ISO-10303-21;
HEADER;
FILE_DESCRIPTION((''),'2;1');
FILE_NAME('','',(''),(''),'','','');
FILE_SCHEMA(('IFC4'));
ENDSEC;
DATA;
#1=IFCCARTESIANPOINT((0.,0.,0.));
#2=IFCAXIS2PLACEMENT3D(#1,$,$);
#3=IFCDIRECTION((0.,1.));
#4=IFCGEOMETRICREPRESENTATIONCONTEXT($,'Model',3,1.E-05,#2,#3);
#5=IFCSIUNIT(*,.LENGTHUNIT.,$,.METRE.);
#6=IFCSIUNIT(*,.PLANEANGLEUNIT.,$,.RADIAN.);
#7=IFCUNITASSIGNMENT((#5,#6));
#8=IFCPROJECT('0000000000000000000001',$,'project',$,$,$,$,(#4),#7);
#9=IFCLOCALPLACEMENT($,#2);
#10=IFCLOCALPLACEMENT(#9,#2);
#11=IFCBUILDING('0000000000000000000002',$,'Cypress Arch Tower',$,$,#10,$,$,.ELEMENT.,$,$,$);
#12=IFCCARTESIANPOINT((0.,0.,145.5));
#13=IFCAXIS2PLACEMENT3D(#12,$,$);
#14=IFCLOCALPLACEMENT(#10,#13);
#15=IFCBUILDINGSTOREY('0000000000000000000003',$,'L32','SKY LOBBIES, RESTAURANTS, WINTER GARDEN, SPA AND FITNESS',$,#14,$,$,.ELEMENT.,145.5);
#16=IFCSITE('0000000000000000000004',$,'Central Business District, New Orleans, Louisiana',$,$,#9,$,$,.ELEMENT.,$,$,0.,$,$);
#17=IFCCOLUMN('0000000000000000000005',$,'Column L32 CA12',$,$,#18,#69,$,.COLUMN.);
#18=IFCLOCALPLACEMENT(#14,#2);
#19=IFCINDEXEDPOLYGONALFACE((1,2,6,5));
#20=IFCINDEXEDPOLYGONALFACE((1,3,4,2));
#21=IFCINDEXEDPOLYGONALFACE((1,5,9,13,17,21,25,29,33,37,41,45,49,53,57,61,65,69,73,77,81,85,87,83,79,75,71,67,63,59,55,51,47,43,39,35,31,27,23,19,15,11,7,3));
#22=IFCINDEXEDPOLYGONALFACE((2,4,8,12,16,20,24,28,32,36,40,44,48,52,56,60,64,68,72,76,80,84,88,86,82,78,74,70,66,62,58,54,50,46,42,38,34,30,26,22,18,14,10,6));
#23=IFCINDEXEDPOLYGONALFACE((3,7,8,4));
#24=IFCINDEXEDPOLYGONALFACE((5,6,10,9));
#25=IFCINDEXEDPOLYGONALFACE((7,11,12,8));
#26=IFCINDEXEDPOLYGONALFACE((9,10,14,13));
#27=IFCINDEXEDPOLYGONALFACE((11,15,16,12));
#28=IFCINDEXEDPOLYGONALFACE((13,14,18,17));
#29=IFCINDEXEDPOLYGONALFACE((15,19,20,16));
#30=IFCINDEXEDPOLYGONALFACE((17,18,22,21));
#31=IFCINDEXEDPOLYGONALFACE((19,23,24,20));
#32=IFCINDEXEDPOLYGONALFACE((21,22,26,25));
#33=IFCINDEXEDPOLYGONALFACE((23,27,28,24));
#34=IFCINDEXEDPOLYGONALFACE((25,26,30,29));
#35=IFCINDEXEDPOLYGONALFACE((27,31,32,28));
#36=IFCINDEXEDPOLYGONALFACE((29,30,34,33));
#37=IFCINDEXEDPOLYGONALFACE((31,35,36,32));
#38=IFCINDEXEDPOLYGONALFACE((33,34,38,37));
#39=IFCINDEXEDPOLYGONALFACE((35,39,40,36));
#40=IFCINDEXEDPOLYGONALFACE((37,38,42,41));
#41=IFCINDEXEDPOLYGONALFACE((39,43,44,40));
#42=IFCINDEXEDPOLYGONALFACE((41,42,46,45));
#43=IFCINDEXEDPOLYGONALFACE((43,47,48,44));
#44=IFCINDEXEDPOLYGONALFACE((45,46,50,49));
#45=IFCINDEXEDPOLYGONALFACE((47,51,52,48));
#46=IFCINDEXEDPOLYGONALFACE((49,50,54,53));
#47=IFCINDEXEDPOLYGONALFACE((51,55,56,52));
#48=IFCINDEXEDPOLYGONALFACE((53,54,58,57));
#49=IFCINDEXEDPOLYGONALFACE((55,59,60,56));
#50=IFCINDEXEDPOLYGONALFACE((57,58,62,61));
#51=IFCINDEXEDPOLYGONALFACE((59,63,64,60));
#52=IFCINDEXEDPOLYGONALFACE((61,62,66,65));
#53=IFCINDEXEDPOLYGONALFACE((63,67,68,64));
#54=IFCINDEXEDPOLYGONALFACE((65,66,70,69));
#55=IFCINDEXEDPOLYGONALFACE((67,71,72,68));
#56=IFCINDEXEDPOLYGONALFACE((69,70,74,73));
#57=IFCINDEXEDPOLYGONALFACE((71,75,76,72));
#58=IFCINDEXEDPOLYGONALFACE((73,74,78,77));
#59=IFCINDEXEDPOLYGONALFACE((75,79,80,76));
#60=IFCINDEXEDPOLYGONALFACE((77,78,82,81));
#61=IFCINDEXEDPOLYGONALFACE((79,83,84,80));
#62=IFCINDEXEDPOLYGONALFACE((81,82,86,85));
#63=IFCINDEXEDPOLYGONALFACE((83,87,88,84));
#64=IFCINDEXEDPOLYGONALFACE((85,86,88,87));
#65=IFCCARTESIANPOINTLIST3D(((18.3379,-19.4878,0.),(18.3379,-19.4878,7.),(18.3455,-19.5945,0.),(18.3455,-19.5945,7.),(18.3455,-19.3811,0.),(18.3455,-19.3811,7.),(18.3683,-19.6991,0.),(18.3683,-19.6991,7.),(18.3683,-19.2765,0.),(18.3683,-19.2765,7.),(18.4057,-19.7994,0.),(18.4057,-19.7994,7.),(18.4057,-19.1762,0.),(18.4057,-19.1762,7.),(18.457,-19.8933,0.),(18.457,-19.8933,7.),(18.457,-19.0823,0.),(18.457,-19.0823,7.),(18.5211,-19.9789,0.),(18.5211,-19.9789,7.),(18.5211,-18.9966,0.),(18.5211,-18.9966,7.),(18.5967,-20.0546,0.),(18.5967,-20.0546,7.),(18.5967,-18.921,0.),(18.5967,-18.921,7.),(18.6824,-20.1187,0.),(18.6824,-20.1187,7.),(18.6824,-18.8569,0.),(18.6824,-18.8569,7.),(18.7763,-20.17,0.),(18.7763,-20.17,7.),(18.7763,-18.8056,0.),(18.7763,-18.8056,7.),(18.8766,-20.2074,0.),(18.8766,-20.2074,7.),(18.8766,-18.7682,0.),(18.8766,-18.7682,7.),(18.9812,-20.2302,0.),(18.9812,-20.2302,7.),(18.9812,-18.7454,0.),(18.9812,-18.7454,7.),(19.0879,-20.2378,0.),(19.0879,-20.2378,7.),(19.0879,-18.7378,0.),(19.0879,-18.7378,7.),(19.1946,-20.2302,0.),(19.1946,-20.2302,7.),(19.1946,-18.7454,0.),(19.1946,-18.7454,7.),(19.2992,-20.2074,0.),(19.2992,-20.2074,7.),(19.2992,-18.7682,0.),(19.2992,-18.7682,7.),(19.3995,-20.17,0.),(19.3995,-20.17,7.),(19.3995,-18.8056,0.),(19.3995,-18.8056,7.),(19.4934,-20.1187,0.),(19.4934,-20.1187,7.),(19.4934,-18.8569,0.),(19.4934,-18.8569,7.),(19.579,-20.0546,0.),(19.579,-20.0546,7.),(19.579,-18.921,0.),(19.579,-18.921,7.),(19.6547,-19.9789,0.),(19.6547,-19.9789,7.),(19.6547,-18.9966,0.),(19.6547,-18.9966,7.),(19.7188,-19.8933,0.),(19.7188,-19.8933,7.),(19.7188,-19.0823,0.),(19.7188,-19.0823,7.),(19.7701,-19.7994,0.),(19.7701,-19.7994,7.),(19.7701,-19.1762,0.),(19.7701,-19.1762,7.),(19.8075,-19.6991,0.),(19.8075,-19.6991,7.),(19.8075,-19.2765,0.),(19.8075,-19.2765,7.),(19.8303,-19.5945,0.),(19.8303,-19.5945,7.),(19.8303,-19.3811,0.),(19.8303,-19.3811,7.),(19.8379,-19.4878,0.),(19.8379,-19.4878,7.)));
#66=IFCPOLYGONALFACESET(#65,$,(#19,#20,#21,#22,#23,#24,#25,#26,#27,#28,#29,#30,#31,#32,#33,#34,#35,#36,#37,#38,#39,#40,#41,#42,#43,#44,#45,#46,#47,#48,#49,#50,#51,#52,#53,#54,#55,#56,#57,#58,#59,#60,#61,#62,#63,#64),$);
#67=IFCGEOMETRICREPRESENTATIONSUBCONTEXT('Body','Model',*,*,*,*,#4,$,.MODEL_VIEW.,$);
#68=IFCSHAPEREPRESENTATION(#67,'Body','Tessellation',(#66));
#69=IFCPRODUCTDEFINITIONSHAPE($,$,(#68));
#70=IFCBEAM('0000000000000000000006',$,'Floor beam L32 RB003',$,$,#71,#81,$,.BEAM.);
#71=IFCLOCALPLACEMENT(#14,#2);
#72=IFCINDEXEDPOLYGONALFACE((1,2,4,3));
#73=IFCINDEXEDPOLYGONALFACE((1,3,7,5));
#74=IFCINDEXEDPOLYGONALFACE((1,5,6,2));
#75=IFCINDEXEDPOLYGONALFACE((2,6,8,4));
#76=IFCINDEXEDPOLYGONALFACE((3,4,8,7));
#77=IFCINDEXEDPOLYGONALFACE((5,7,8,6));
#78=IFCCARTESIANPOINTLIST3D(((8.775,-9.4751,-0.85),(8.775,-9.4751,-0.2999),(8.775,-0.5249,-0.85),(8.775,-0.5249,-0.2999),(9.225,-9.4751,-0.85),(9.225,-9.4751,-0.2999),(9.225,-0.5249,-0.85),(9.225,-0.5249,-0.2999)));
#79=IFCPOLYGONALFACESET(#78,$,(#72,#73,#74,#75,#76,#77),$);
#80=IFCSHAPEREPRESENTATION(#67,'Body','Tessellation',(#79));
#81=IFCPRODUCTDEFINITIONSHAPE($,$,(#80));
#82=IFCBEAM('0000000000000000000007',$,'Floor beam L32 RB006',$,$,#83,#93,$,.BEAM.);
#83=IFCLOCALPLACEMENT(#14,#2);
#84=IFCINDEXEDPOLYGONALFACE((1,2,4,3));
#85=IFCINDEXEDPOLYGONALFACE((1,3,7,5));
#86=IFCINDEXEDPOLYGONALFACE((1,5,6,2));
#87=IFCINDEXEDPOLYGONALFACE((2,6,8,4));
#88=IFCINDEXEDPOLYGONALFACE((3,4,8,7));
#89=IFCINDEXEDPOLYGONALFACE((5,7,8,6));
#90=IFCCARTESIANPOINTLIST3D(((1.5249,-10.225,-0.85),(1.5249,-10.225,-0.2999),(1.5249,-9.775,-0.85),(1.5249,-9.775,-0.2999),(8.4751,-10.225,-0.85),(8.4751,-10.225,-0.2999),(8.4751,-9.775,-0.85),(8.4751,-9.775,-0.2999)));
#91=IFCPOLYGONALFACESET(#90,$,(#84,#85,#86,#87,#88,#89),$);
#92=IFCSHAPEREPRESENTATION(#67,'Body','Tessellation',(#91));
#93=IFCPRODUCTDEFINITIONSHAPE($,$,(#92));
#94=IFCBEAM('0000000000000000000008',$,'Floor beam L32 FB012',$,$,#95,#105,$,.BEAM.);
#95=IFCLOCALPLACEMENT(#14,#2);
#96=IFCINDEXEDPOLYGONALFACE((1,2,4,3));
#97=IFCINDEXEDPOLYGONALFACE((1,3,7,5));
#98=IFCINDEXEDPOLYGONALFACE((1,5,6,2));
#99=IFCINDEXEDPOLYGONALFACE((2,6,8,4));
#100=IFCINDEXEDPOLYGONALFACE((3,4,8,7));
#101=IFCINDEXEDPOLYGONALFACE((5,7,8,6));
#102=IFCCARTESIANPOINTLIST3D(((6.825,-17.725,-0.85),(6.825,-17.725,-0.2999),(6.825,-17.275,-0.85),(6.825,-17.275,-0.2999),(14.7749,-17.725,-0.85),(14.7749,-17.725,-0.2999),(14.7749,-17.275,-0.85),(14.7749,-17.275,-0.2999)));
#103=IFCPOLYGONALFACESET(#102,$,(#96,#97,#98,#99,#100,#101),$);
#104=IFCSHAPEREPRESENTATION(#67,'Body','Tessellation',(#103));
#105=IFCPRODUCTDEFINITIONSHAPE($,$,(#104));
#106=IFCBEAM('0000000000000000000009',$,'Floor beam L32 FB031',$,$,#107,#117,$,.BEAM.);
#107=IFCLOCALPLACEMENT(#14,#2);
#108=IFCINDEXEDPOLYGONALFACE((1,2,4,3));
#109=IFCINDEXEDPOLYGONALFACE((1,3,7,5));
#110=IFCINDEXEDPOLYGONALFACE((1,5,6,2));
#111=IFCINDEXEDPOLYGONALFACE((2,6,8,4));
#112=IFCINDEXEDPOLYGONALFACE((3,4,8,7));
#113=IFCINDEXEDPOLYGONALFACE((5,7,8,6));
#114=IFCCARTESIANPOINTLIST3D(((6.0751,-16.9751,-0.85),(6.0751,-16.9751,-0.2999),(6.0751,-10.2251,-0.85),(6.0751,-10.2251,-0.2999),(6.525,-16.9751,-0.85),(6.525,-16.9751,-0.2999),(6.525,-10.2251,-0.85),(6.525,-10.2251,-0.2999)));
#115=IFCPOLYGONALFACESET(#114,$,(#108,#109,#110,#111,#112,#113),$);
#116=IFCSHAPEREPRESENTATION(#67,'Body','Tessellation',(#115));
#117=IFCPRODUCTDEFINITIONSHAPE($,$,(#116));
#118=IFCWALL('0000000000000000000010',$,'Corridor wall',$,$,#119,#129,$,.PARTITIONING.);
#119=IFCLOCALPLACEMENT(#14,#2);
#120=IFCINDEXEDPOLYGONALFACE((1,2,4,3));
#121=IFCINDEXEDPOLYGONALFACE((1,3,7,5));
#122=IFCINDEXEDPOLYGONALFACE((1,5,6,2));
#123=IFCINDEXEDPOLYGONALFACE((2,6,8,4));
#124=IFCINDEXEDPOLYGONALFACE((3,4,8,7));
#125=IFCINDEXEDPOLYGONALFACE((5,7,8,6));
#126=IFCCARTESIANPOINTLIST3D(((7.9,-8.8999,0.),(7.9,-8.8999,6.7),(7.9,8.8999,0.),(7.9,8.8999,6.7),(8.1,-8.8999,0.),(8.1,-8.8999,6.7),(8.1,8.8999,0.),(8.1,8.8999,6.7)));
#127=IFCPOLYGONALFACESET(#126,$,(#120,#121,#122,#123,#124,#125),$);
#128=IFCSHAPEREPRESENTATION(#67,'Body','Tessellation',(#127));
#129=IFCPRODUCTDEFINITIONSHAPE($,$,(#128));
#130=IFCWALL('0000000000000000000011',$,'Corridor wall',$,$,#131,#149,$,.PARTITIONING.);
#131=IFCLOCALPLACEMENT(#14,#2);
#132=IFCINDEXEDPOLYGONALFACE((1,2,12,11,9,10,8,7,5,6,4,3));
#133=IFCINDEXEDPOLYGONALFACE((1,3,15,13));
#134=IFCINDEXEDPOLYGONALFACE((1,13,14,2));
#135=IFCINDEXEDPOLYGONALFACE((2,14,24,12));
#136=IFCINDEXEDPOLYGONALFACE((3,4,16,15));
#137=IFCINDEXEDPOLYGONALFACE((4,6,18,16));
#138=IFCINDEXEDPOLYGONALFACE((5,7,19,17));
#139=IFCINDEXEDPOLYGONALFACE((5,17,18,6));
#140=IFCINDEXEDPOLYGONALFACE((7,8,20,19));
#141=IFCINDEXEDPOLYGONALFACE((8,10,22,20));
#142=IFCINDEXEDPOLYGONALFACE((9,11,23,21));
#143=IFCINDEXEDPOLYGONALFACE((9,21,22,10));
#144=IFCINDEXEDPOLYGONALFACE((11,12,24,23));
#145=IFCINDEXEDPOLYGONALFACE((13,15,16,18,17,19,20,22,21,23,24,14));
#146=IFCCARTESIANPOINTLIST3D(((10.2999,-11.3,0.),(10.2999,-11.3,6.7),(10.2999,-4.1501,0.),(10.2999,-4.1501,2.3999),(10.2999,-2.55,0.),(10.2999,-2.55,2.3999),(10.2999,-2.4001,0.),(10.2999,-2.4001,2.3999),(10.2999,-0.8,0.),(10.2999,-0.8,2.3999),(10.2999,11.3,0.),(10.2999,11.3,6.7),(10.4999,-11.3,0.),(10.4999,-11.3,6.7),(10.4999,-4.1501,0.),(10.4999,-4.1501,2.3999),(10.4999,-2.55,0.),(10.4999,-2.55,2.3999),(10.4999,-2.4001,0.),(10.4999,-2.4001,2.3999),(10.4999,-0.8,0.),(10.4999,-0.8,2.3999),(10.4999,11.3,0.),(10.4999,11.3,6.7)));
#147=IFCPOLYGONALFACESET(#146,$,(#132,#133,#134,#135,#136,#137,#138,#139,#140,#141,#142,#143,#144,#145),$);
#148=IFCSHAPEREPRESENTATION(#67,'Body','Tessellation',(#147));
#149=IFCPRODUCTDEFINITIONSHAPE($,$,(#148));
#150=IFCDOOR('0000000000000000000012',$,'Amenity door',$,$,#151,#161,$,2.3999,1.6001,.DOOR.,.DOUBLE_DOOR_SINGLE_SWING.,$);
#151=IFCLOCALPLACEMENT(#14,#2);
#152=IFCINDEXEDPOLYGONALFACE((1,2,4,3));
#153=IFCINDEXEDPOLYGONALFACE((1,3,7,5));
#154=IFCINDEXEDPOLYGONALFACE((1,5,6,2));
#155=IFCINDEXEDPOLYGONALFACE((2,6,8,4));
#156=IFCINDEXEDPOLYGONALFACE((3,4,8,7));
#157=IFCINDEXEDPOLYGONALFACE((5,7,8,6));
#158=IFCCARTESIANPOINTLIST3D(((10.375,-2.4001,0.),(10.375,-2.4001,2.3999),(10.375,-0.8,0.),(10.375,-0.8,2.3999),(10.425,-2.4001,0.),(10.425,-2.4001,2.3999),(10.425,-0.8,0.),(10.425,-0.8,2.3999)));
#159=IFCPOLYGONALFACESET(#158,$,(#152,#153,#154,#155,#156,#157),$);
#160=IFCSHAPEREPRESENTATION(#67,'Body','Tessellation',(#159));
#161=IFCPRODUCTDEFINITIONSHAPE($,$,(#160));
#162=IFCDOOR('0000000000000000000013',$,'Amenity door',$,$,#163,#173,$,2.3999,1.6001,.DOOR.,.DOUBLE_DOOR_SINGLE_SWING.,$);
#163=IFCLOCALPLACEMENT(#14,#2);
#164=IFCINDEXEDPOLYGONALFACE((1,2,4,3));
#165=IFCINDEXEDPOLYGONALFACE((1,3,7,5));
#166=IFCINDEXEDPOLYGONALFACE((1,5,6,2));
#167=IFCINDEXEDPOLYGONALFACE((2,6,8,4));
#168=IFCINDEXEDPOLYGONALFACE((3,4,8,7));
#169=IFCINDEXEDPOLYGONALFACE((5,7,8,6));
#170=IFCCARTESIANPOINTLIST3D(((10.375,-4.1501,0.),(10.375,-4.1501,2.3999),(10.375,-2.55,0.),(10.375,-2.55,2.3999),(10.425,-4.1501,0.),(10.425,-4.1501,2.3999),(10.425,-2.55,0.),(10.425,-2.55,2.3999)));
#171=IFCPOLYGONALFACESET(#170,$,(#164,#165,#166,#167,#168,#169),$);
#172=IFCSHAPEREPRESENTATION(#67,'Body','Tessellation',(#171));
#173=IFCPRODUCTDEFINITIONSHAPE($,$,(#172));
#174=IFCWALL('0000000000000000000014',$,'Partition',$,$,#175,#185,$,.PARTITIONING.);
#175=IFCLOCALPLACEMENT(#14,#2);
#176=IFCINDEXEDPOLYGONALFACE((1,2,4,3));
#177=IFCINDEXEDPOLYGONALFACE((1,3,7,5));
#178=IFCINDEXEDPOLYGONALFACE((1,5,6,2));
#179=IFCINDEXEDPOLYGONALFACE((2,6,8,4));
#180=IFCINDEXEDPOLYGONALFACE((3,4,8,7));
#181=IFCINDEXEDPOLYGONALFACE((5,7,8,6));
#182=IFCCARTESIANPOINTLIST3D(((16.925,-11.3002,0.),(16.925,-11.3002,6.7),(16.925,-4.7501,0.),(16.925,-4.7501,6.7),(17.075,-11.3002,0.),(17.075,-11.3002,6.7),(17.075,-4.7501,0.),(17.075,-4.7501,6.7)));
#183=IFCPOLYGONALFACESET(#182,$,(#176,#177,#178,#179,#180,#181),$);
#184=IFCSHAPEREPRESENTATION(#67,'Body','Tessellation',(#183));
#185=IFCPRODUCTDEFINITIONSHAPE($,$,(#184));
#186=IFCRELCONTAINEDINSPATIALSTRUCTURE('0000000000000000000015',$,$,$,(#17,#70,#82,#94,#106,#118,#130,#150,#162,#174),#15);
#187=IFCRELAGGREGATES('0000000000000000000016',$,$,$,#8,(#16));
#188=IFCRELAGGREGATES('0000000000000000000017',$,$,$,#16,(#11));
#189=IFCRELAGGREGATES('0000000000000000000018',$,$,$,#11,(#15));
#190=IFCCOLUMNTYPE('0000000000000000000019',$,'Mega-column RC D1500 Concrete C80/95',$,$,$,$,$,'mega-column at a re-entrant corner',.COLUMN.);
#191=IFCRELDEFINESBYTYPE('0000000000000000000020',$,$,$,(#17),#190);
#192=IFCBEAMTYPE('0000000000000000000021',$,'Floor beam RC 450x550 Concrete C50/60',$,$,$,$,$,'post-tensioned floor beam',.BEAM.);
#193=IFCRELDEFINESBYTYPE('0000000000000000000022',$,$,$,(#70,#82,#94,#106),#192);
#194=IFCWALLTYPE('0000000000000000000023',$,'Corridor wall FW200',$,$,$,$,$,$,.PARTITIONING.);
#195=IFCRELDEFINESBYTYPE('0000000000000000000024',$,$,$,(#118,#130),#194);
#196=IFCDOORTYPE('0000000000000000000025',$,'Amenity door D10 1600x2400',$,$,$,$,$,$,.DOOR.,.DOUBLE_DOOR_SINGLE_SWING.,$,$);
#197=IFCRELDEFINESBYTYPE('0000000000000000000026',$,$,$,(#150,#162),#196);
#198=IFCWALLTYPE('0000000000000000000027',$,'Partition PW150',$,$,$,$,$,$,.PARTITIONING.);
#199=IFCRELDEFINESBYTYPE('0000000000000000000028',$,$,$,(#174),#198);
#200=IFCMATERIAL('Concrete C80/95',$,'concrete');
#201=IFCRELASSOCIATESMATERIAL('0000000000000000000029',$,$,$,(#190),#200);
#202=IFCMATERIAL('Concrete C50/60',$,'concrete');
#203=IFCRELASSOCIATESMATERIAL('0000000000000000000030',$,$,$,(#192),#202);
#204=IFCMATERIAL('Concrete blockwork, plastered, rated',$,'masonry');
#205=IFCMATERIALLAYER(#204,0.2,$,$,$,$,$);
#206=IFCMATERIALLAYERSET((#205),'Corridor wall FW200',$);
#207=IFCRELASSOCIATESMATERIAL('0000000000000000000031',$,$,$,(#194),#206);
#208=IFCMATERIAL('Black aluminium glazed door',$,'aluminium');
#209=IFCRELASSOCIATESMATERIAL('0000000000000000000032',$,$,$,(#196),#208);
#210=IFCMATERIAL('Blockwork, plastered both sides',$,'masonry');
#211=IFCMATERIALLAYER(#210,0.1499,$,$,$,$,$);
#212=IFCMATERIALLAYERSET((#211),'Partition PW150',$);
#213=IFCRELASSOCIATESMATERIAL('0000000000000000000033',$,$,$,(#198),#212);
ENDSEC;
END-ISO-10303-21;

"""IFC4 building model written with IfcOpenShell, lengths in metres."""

from ifc_helpers import new_model, si_unit, direction, frame, frame_2d, origin, origin_2d, place, context, subcontext, project, spatial, rectangle, circle, extrude, material, layer, layer_set, material_profile, profile_set, type_object, element, fill, save


model = new_model("IFC4")

# Units and contexts
model_context = context("Model", 3, precision=1e-05, world=origin(), true_north=direction((0.0, 1.0)))
body_context = subcontext(model_context, "Body", "Model", "MODEL_VIEW")
ifc_project = project(units=[si_unit("LENGTHUNIT", "METRE"), si_unit("PLANEANGLEUNIT", "RADIAN")], contexts=[model_context])

# Site, building, storey
site_placement = place(None, origin())
site = spatial("IfcSite", under=ifc_project, at=site_placement, Name="Central Business District, New Orleans, Louisiana", CompositionType="ELEMENT", RefElevation=0.0)
building_placement = place(site_placement, origin())
building = spatial("IfcBuilding", under=site, at=building_placement, Name="Cypress Arch Tower", CompositionType="ELEMENT")
storey_placement = place(building_placement, frame((0.0, 0.0, 145.5)))
storey = spatial("IfcBuildingStorey", under=building, at=storey_placement, Name="L32", Description="SKY LOBBIES, RESTAURANTS, WINTER GARDEN, SPA AND FITNESS", CompositionType="ELEMENT", Elevation=145.5)

# Column
ifc_material_1 = material(Name="Concrete C80/95", Category="concrete")
ifc_material_profile_1 = material_profile(ifc_material_1, circle(Radius=0.75, at=origin_2d()), Name="RC D1500")
ifc_profile_set_1 = profile_set([ifc_material_profile_1], Name="Concrete C80/95")
column_type_1 = type_object("IfcColumnType", Name="Mega-column RC D1500 Concrete C80/95", ElementType="mega-column at a re-entrant corner", PredefinedType="COLUMN", material=ifc_profile_set_1)
column_placement = place(storey_placement, frame((19.0879, -19.4878, 0.0), z_axis=(0.0, 0.0, 1.0), x_axis=(1.0, 0.0, 0.0)))
element("IfcColumn", 1, at=column_placement, inside=storey, type_object=column_type_1, Name="Column L32 CA12", PredefinedType="COLUMN", context=body_context, shape_type="SweptSolid", body=[
    extrude(circle(Radius=0.75, at=origin_2d()), origin(), (0.0, 0.0, 1.0), 7.0),
])

# Beams
ifc_material_2 = material(Name="Concrete C50/60", Category="concrete")
ifc_material_profile_2 = material_profile(ifc_material_2, rectangle(XDim=0.45, YDim=0.55, at=origin_2d()), Name="RC 450x550")
ifc_profile_set_2 = profile_set([ifc_material_profile_2], Name="Concrete C50/60")
beam_type = type_object("IfcBeamType", Name="Floor beam RC 450x550 Concrete C50/60", ElementType="post-tensioned floor beam", PredefinedType="BEAM", material=ifc_profile_set_2)
beam_1_placement = place(storey_placement, frame((9.0, -9.4751, -0.575), z_axis=(0.0, 1.0, 0.0), x_axis=(-1.0, 0.0, 0.0)))
element("IfcBeam", 2, at=beam_1_placement, inside=storey, type_object=beam_type, Name="Floor beam L32 RB003", PredefinedType="BEAM", context=body_context, shape_type="SweptSolid", body=[
    extrude(rectangle(XDim=0.45, YDim=0.55, at=origin_2d()), origin(), (0.0, 0.0, 1.0), 8.9502),
])
beam_2_placement = place(storey_placement, frame((1.5249, -10.0, -0.575), z_axis=(1.0, 0.0, 0.0), x_axis=(0.0, 1.0, 0.0)))
element("IfcBeam", 3, at=beam_2_placement, inside=storey, type_object=beam_type, Name="Floor beam L32 RB006", PredefinedType="BEAM", context=body_context, shape_type="SweptSolid", body=[
    extrude(rectangle(XDim=0.45, YDim=0.55, at=origin_2d()), origin(), (0.0, 0.0, 1.0), 6.9502),
])
beam_3_placement = place(storey_placement, frame((6.825, -17.5, -0.575), z_axis=(1.0, 0.0, 0.0), x_axis=(0.0, 1.0, 0.0)))
element("IfcBeam", 4, at=beam_3_placement, inside=storey, type_object=beam_type, Name="Floor beam L32 FB012", PredefinedType="BEAM", context=body_context, shape_type="SweptSolid", body=[
    extrude(rectangle(XDim=0.45, YDim=0.55, at=origin_2d()), origin(), (0.0, 0.0, 1.0), 7.95),
])
beam_4_placement = place(storey_placement, frame((6.3, -16.9751, -0.575), z_axis=(0.0, 1.0, 0.0), x_axis=(-1.0, 0.0, 0.0)))
element("IfcBeam", 5, at=beam_4_placement, inside=storey, type_object=beam_type, Name="Floor beam L32 FB031", PredefinedType="BEAM", context=body_context, shape_type="SweptSolid", body=[
    extrude(rectangle(XDim=0.45, YDim=0.55, at=origin_2d()), origin(), (0.0, 0.0, 1.0), 6.75),
])

# Wall
ifc_material_3 = material(Name="Concrete blockwork, plastered, rated", Category="masonry")
ifc_layer_1 = layer(ifc_material_3, 0.2)
ifc_layer_set_1 = layer_set([ifc_layer_1], Name="Corridor wall FW200")
wall_type_1 = type_object("IfcWallType", Name="Corridor wall FW200", PredefinedType="PARTITIONING", material=ifc_layer_set_1)
wall_1_placement = place(storey_placement, frame((8.0, -8.8999, 0.0), z_axis=(0.0, 0.0, 1.0), x_axis=(0.0, 1.0, 0.0)))
element("IfcWall", 6, at=wall_1_placement, inside=storey, type_object=wall_type_1, Name="Corridor wall", PredefinedType="PARTITIONING", context=body_context, shape_type="SweptSolid", body=[
    extrude(rectangle(XDim=17.7998, YDim=0.2, at=frame_2d((8.8999, 0.0))), origin(), (0.0, 0.0, 1.0), 6.7),
])

# Wall, openings, doors
wall_2_placement = place(storey_placement, frame((10.3999, -11.3, 0.0), z_axis=(0.0, 0.0, 1.0), x_axis=(0.0, 1.0, 0.0)))
wall_2 = element("IfcWall", 7, at=wall_2_placement, inside=storey, type_object=wall_type_1, Name="Corridor wall", PredefinedType="PARTITIONING", context=body_context, shape_type="SweptSolid", body=[
    extrude(rectangle(XDim=22.6001, YDim=0.2, at=frame_2d((11.3, 0.0))), origin(), (0.0, 0.0, 1.0), 6.7),
])
opening_1_placement = place(wall_2_placement, frame((8.8999, 0.0, 0.0)))
opening_1 = element("IfcOpeningElement", 8, at=opening_1_placement, cuts=wall_2, PredefinedType="OPENING", context=body_context, shape_type="SweptSolid", body=[
    extrude(rectangle(XDim=1.6001, YDim=2.3999, at=frame_2d((0.8, 1.2))), frame((0.0, 0.1099, 0.0), z_axis=(0.0, -1.0, 0.0), x_axis=(1.0, 0.0, 0.0)), (0.0, 0.0, 1.0), 0.22),
])
opening_2_placement = place(wall_2_placement, frame((7.1499, 0.0, 0.0)))
opening_2 = element("IfcOpeningElement", 9, at=opening_2_placement, cuts=wall_2, PredefinedType="OPENING", context=body_context, shape_type="SweptSolid", body=[
    extrude(rectangle(XDim=1.6001, YDim=2.3999, at=frame_2d((0.8, 1.2))), frame((0.0, 0.1099, 0.0), z_axis=(0.0, -1.0, 0.0), x_axis=(1.0, 0.0, 0.0)), (0.0, 0.0, 1.0), 0.22),
])
ifc_material_4 = material(Name="Black aluminium glazed door", Category="aluminium")
door_type_1 = type_object("IfcDoorType", Name="Amenity door D10 1600x2400", OperationType="DOUBLE_DOOR_SINGLE_SWING", PredefinedType="DOOR", material=ifc_material_4)
door_1_placement = place(opening_1_placement, origin())
door_1 = element("IfcDoor", 10, at=door_1_placement, inside=storey, type_object=door_type_1, Name="Amenity door", OperationType="DOUBLE_DOOR_SINGLE_SWING", OverallHeight=2.3999, OverallWidth=1.6001, PredefinedType="DOOR", context=body_context, shape_type="SweptSolid", body=[
    extrude(rectangle(XDim=1.6001, YDim=2.3999, at=frame_2d((0.8, 1.2))), frame((0.0, 0.0249, 0.0), z_axis=(0.0, -1.0, 0.0), x_axis=(1.0, 0.0, 0.0)), (0.0, 0.0, 1.0), 0.05),
])
fill(opening_1, door_1)
door_2_placement = place(opening_2_placement, origin())
door_2 = element("IfcDoor", 11, at=door_2_placement, inside=storey, type_object=door_type_1, Name="Amenity door", OperationType="DOUBLE_DOOR_SINGLE_SWING", OverallHeight=2.3999, OverallWidth=1.6001, PredefinedType="DOOR", context=body_context, shape_type="SweptSolid", body=[
    extrude(rectangle(XDim=1.6001, YDim=2.3999, at=frame_2d((0.8, 1.2))), frame((0.0, 0.0249, 0.0), z_axis=(0.0, -1.0, 0.0), x_axis=(1.0, 0.0, 0.0)), (0.0, 0.0, 1.0), 0.05),
])
fill(opening_2, door_2)

# Wall
ifc_material_5 = material(Name="Blockwork, plastered both sides", Category="masonry")
ifc_layer_2 = layer(ifc_material_5, 0.1499)
ifc_layer_set_2 = layer_set([ifc_layer_2], Name="Partition PW150")
wall_type_2 = type_object("IfcWallType", Name="Partition PW150", PredefinedType="PARTITIONING", material=ifc_layer_set_2)
wall_3_placement = place(storey_placement, frame((17.0, -11.3, 0.0), z_axis=(0.0, 0.0, 1.0), x_axis=(0.0, 1.0, 0.0)))
element("IfcWall", 12, at=wall_3_placement, inside=storey, type_object=wall_type_2, Name="Partition", PredefinedType="PARTITIONING", context=body_context, shape_type="SweptSolid", body=[
    extrude(rectangle(XDim=6.55, YDim=0.1499, at=frame_2d((3.2749, 0.0))), origin(), (0.0, 0.0, 1.0), 6.7),
])

save(model, "model.ifc")
